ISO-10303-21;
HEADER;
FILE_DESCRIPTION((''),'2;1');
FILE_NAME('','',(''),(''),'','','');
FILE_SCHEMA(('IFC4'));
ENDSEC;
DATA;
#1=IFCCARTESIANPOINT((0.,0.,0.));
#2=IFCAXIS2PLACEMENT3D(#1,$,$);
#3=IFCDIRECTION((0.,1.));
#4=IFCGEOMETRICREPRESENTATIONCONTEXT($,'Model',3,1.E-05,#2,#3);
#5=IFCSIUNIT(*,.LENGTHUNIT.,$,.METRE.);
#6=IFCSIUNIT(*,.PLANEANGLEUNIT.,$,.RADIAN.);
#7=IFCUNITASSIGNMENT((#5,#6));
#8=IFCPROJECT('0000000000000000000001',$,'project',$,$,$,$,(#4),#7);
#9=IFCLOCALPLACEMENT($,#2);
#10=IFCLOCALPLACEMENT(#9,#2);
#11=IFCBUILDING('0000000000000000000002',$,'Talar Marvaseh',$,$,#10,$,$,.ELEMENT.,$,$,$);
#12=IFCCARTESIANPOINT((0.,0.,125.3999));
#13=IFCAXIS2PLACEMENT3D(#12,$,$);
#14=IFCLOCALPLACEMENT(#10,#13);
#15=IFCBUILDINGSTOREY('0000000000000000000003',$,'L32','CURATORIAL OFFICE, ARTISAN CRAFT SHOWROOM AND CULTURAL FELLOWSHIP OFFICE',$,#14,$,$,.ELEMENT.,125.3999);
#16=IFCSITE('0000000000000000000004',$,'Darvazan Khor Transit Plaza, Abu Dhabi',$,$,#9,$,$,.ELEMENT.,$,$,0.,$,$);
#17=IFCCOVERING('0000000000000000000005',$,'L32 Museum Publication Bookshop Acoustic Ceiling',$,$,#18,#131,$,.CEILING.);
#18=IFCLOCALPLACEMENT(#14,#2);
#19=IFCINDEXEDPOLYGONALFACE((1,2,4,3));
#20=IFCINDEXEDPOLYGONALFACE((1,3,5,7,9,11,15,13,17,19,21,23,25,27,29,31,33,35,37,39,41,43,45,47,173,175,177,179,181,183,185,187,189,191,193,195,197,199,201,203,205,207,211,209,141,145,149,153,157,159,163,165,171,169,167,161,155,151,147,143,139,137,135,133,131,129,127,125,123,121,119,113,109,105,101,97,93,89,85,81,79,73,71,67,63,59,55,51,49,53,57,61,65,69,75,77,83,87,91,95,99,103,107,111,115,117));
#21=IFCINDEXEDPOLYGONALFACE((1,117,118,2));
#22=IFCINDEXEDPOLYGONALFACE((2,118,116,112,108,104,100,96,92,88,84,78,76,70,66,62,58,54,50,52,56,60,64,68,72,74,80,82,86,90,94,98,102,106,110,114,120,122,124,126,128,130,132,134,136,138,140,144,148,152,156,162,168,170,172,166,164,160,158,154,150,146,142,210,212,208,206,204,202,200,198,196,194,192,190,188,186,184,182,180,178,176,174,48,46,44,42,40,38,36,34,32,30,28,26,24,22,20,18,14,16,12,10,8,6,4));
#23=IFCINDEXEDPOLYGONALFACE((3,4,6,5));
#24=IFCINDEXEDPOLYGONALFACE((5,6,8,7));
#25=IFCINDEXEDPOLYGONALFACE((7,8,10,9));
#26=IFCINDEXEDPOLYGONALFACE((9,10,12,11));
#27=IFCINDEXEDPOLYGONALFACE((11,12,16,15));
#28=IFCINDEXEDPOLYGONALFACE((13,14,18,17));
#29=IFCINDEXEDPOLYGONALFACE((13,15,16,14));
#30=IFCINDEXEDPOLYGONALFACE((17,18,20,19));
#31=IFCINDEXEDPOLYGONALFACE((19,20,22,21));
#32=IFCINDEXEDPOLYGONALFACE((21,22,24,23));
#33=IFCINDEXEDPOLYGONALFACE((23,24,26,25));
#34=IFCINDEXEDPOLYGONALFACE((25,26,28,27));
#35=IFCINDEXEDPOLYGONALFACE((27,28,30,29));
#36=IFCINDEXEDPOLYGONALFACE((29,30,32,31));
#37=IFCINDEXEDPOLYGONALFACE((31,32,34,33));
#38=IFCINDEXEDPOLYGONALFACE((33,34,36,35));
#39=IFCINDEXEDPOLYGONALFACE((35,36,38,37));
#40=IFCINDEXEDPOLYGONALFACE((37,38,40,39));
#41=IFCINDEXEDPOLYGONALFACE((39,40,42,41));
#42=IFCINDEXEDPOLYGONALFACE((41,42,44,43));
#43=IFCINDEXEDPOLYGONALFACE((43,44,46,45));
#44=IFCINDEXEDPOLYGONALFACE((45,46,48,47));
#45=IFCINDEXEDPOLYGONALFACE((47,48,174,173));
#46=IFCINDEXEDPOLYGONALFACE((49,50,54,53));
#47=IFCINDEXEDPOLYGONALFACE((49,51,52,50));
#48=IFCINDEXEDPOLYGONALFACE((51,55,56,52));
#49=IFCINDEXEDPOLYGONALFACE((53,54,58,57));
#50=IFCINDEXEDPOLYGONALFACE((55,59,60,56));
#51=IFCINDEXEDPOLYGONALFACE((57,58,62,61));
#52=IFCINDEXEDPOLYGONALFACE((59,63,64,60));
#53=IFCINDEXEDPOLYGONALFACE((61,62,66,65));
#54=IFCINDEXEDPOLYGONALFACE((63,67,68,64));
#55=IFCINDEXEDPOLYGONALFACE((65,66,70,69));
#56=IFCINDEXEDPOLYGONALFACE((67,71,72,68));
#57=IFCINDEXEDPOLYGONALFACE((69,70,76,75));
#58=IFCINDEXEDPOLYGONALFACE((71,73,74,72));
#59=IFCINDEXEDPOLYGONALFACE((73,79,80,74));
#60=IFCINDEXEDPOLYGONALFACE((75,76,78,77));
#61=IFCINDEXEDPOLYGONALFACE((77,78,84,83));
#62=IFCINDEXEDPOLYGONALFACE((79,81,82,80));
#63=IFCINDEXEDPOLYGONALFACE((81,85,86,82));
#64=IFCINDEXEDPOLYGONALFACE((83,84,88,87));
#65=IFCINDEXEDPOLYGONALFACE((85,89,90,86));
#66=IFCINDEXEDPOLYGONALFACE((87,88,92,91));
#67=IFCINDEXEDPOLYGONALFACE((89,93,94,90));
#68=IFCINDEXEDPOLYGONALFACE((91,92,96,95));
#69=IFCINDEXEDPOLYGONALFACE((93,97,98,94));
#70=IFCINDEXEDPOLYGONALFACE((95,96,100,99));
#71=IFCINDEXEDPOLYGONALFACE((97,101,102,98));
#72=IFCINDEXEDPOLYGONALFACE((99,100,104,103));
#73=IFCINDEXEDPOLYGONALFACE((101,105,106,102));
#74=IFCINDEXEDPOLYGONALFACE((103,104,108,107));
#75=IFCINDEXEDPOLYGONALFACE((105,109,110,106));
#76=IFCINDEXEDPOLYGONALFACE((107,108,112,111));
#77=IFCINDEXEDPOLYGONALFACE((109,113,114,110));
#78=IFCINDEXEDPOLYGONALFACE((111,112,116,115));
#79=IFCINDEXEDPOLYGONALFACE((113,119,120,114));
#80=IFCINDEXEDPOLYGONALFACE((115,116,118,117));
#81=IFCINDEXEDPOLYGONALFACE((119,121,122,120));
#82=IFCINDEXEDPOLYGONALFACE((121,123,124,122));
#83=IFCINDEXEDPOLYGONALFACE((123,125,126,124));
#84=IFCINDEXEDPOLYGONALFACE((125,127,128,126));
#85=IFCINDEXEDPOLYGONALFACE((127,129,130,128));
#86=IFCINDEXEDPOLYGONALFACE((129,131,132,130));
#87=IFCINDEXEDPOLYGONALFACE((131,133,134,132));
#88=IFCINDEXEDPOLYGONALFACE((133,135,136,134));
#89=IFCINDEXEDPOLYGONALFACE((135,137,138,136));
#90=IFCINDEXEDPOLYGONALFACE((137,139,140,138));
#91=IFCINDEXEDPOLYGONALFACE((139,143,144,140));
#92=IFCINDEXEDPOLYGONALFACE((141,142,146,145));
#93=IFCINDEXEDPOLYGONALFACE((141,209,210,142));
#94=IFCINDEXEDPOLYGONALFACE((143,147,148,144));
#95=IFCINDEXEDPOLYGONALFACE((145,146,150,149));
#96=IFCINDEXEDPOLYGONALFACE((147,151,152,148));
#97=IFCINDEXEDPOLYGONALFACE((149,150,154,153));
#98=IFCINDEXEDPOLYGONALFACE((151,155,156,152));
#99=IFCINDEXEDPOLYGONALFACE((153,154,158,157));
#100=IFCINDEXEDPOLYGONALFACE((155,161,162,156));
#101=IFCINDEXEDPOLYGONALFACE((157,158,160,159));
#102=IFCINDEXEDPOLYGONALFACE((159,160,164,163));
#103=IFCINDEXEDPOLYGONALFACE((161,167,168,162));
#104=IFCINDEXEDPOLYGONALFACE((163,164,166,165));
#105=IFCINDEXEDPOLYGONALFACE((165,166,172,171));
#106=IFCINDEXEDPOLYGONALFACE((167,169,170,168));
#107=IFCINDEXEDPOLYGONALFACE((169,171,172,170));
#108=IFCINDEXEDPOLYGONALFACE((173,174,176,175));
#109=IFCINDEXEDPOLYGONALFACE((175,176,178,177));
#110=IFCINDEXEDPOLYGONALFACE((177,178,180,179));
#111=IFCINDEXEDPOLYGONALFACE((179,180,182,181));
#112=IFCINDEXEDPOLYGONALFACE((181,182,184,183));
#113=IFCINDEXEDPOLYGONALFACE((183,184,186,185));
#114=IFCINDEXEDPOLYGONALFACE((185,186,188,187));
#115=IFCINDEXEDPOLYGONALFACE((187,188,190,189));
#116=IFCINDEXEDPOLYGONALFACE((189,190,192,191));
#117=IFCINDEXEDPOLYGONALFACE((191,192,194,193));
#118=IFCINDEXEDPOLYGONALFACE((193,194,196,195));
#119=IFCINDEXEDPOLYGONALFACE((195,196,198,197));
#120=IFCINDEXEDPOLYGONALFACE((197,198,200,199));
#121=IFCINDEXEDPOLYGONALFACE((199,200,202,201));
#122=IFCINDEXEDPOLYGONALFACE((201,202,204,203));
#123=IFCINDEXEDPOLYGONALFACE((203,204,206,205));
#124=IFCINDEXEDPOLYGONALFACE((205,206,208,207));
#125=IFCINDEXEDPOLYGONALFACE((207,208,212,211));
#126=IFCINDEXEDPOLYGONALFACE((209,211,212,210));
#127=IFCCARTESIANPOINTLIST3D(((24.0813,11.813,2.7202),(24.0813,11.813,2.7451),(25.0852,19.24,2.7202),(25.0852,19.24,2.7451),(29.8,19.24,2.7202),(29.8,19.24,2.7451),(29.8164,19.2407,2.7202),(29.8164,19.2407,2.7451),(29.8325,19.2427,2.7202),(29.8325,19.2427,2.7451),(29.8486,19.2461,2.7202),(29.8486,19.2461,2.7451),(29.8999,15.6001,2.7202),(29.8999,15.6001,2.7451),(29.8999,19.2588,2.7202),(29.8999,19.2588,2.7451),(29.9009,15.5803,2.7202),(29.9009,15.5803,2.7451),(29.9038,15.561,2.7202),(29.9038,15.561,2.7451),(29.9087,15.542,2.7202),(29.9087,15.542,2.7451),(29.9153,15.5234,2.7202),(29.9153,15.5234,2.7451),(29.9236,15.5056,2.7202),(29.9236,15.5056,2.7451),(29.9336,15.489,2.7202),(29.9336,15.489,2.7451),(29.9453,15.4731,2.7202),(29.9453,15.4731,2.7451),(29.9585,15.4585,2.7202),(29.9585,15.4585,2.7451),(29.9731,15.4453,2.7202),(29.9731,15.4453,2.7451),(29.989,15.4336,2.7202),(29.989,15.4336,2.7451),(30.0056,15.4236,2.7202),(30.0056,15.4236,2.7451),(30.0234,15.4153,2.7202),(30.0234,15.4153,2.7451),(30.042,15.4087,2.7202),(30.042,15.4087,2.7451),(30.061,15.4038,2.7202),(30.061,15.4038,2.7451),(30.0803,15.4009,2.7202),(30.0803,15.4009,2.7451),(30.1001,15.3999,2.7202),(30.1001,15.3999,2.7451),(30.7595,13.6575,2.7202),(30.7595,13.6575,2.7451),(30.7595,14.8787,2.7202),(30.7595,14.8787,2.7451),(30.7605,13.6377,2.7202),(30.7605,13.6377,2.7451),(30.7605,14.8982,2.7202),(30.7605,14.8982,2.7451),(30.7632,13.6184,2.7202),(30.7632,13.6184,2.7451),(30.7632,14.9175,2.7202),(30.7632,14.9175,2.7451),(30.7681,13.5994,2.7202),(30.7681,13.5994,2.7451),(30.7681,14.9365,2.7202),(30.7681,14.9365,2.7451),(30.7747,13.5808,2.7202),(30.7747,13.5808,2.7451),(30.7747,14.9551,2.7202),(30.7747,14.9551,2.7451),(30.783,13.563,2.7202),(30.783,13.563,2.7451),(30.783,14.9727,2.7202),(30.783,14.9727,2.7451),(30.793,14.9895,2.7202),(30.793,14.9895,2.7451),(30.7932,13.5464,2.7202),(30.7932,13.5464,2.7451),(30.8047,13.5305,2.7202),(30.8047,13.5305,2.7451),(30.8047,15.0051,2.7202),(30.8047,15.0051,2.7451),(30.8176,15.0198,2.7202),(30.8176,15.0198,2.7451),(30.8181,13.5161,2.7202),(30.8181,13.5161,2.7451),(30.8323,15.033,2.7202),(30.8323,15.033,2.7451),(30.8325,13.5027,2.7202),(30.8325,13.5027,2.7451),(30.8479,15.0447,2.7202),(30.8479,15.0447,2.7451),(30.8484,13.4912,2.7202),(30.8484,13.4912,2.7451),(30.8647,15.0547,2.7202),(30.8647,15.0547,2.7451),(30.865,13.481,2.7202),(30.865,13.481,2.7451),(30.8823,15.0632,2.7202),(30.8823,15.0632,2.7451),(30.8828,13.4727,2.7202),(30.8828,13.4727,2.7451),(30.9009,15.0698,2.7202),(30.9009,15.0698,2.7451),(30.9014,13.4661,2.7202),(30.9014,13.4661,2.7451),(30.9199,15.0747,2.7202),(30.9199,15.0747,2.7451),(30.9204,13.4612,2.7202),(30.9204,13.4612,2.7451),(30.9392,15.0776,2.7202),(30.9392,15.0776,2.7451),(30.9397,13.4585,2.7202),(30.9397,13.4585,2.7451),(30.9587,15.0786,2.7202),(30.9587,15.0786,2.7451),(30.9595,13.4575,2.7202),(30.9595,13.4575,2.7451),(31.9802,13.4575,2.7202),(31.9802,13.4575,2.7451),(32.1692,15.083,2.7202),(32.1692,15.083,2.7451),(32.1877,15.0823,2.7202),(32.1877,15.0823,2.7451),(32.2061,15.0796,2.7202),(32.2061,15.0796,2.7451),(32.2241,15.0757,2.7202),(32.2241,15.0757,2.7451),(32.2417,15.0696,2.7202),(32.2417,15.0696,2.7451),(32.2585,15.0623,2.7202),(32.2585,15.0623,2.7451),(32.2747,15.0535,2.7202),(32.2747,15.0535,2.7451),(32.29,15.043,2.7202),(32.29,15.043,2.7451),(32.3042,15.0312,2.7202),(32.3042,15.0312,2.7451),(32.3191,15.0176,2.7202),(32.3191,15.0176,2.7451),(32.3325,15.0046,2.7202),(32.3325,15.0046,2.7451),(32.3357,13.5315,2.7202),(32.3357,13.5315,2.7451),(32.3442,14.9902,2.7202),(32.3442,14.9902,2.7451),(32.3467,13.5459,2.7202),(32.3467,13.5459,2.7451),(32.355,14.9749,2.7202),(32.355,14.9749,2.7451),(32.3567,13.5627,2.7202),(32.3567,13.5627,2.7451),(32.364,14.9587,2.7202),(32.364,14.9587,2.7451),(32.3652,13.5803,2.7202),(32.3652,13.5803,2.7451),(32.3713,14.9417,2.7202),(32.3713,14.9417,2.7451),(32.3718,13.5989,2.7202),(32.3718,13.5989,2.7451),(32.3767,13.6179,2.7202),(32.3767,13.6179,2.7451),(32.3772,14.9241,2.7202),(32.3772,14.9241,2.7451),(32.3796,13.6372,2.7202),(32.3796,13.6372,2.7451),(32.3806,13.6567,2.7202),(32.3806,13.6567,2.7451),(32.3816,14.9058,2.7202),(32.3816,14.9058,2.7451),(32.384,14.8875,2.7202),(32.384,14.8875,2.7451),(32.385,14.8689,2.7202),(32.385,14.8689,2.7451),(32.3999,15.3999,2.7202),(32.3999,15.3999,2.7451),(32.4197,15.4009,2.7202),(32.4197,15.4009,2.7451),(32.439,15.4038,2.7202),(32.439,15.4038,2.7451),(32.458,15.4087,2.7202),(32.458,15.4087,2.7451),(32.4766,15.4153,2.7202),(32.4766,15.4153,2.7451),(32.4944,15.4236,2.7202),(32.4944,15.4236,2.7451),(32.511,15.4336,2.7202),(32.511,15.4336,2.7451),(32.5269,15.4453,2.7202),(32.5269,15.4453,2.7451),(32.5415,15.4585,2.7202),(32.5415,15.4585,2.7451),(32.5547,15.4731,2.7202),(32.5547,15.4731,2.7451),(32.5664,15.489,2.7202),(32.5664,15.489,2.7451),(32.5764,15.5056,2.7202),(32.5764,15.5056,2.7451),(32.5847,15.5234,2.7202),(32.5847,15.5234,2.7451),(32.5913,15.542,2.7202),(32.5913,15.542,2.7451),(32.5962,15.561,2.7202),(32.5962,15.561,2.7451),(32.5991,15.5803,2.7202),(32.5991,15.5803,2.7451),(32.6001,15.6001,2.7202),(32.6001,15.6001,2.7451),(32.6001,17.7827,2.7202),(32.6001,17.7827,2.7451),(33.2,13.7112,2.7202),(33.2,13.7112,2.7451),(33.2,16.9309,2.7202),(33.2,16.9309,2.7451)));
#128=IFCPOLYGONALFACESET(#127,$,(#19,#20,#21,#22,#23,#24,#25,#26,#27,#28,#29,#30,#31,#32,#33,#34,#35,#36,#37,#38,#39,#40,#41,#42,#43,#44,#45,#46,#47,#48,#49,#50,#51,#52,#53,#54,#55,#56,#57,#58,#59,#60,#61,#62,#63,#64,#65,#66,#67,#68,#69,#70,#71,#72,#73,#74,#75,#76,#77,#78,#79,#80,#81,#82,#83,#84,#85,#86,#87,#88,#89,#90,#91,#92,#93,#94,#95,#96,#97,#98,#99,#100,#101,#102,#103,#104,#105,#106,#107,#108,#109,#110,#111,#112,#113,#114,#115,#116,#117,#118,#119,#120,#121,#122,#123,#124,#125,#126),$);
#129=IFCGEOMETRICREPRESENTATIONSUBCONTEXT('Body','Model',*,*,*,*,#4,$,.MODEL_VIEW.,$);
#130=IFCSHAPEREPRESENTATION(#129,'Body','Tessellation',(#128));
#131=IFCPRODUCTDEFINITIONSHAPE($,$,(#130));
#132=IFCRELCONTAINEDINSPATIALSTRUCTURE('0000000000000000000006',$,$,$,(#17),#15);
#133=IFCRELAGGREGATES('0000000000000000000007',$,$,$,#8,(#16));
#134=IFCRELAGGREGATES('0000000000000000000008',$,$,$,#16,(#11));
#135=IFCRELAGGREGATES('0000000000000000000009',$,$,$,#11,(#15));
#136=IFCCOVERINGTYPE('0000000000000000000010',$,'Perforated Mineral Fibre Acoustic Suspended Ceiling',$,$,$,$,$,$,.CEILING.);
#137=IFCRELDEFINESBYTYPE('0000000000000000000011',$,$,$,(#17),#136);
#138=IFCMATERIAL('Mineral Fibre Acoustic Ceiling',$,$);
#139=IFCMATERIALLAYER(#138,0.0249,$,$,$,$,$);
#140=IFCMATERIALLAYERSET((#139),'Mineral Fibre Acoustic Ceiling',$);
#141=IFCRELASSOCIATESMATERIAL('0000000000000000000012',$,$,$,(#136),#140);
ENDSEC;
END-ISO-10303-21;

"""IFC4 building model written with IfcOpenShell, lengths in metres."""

from ifc_helpers import new_model, si_unit, direction, frame, origin, place, context, subcontext, project, spatial, polyline, outline, extrude, material, layer, layer_set, type_object, element, save


model = new_model("IFC4")

# Units and contexts
model_context = context("Model", 3, precision=1e-05, world=origin(), true_north=direction((0.0, 1.0)))
body_context = subcontext(model_context, "Body", "Model", "MODEL_VIEW")
ifc_project = project(units=[si_unit("LENGTHUNIT", "METRE"), si_unit("PLANEANGLEUNIT", "RADIAN")], contexts=[model_context])

# Site, building, storey
site_placement = place(None, origin())
site = spatial("IfcSite", under=ifc_project, at=site_placement, Name="Darvazan Khor Transit Plaza, Abu Dhabi", CompositionType="ELEMENT", RefElevation=0.0)
building_placement = place(site_placement, origin())
building = spatial("IfcBuilding", under=site, at=building_placement, Name="Talar Marvaseh", CompositionType="ELEMENT")
storey_placement = place(building_placement, frame((0.0, 0.0, 125.3999)))
storey = spatial("IfcBuildingStorey", under=building, at=storey_placement, Name="L32", Description="CURATORIAL OFFICE, ARTISAN CRAFT SHOWROOM AND CULTURAL FELLOWSHIP OFFICE", CompositionType="ELEMENT", Elevation=125.3999)

# Covering
ifc_material_1 = material(Name="Mineral Fibre Acoustic Ceiling")
ifc_layer_1 = layer(ifc_material_1, 0.0249)
ifc_layer_set_1 = layer_set([ifc_layer_1], Name="Mineral Fibre Acoustic Ceiling")
covering_type_1 = type_object("IfcCoveringType", Name="Perforated Mineral Fibre Acoustic Suspended Ceiling", PredefinedType="CEILING", material=ifc_layer_set_1)
covering_1_placement = place(storey_placement, frame((0.0, 0.0, 2.7202)))
element("IfcCovering", 1, at=covering_1_placement, inside=storey, type_object=covering_type_1, Name="L32 Museum Publication Bookshop Acoustic Ceiling", PredefinedType="CEILING", context=body_context, shape_type="SweptSolid", body=[
    extrude(outline(polyline([(29.8, 19.24), (29.8164, 19.2407), (29.8325, 19.2427), (29.8486, 19.2461), (29.8999, 19.2588), (29.8999, 15.6001), (29.9009, 15.5803), (29.9038, 15.561), (29.9087, 15.542), (29.9153, 15.5234), (29.9236, 15.5056), (29.9336, 15.489), (29.9453, 15.4731), (29.9585, 15.4585), (29.9731, 15.4453), (29.989, 15.4336), (30.0056, 15.4236), (30.0234, 15.4153), (30.042, 15.4087), (30.061, 15.4038), (30.0803, 15.4009), (30.1001, 15.3999), (32.3999, 15.3999), (32.4197, 15.4009), (32.439, 15.4038), (32.458, 15.4087), (32.4766, 15.4153), (32.4944, 15.4236), (32.511, 15.4336), (32.5269, 15.4453), (32.5415, 15.4585), (32.5547, 15.4731), (32.5664, 15.489), (32.5764, 15.5056), (32.5847, 15.5234), (32.5913, 15.542), (32.5962, 15.561), (32.5991, 15.5803), (32.6001, 15.6001), (32.6001, 17.7827), (33.2, 16.9309), (33.2, 13.7112), (32.3357, 13.5315), (32.3467, 13.5459), (32.3567, 13.5627), (32.3652, 13.5803), (32.3718, 13.5989), (32.3767, 13.6179), (32.3796, 13.6372), (32.3806, 13.6567), (32.385, 14.8689), (32.384, 14.8875), (32.3816, 14.9058), (32.3772, 14.9241), (32.3713, 14.9417), (32.364, 14.9587), (32.355, 14.9749), (32.3442, 14.9902), (32.3325, 15.0046), (32.3191, 15.0176), (32.3042, 15.0312), (32.29, 15.043), (32.2747, 15.0535), (32.2585, 15.0623), (32.2417, 15.0696), (32.2241, 15.0757), (32.2061, 15.0796), (32.1877, 15.0823), (32.1692, 15.083), (30.9587, 15.0786), (30.9392, 15.0776), (30.9199, 15.0747), (30.9009, 15.0698), (30.8823, 15.0632), (30.8647, 15.0547), (30.8479, 15.0447), (30.8323, 15.033), (30.8176, 15.0198), (30.8047, 15.0051), (30.793, 14.9895), (30.783, 14.9727), (30.7747, 14.9551), (30.7681, 14.9365), (30.7632, 14.9175), (30.7605, 14.8982), (30.7595, 14.8787), (30.7595, 13.6575), (30.7605, 13.6377), (30.7632, 13.6184), (30.7681, 13.5994), (30.7747, 13.5808), (30.783, 13.563), (30.7932, 13.5464), (30.8047, 13.5305), (30.8181, 13.5161), (30.8325, 13.5027), (30.8484, 13.4912), (30.865, 13.481), (30.8828, 13.4727), (30.9014, 13.4661), (30.9204, 13.4612), (30.9397, 13.4585), (30.9595, 13.4575), (31.9802, 13.4575), (24.0813, 11.813), (25.0852, 19.24), (29.8, 19.24)])), origin(), (0.0, 0.0, 1.0), 0.0249),
])

save(model, "model.ifc")
